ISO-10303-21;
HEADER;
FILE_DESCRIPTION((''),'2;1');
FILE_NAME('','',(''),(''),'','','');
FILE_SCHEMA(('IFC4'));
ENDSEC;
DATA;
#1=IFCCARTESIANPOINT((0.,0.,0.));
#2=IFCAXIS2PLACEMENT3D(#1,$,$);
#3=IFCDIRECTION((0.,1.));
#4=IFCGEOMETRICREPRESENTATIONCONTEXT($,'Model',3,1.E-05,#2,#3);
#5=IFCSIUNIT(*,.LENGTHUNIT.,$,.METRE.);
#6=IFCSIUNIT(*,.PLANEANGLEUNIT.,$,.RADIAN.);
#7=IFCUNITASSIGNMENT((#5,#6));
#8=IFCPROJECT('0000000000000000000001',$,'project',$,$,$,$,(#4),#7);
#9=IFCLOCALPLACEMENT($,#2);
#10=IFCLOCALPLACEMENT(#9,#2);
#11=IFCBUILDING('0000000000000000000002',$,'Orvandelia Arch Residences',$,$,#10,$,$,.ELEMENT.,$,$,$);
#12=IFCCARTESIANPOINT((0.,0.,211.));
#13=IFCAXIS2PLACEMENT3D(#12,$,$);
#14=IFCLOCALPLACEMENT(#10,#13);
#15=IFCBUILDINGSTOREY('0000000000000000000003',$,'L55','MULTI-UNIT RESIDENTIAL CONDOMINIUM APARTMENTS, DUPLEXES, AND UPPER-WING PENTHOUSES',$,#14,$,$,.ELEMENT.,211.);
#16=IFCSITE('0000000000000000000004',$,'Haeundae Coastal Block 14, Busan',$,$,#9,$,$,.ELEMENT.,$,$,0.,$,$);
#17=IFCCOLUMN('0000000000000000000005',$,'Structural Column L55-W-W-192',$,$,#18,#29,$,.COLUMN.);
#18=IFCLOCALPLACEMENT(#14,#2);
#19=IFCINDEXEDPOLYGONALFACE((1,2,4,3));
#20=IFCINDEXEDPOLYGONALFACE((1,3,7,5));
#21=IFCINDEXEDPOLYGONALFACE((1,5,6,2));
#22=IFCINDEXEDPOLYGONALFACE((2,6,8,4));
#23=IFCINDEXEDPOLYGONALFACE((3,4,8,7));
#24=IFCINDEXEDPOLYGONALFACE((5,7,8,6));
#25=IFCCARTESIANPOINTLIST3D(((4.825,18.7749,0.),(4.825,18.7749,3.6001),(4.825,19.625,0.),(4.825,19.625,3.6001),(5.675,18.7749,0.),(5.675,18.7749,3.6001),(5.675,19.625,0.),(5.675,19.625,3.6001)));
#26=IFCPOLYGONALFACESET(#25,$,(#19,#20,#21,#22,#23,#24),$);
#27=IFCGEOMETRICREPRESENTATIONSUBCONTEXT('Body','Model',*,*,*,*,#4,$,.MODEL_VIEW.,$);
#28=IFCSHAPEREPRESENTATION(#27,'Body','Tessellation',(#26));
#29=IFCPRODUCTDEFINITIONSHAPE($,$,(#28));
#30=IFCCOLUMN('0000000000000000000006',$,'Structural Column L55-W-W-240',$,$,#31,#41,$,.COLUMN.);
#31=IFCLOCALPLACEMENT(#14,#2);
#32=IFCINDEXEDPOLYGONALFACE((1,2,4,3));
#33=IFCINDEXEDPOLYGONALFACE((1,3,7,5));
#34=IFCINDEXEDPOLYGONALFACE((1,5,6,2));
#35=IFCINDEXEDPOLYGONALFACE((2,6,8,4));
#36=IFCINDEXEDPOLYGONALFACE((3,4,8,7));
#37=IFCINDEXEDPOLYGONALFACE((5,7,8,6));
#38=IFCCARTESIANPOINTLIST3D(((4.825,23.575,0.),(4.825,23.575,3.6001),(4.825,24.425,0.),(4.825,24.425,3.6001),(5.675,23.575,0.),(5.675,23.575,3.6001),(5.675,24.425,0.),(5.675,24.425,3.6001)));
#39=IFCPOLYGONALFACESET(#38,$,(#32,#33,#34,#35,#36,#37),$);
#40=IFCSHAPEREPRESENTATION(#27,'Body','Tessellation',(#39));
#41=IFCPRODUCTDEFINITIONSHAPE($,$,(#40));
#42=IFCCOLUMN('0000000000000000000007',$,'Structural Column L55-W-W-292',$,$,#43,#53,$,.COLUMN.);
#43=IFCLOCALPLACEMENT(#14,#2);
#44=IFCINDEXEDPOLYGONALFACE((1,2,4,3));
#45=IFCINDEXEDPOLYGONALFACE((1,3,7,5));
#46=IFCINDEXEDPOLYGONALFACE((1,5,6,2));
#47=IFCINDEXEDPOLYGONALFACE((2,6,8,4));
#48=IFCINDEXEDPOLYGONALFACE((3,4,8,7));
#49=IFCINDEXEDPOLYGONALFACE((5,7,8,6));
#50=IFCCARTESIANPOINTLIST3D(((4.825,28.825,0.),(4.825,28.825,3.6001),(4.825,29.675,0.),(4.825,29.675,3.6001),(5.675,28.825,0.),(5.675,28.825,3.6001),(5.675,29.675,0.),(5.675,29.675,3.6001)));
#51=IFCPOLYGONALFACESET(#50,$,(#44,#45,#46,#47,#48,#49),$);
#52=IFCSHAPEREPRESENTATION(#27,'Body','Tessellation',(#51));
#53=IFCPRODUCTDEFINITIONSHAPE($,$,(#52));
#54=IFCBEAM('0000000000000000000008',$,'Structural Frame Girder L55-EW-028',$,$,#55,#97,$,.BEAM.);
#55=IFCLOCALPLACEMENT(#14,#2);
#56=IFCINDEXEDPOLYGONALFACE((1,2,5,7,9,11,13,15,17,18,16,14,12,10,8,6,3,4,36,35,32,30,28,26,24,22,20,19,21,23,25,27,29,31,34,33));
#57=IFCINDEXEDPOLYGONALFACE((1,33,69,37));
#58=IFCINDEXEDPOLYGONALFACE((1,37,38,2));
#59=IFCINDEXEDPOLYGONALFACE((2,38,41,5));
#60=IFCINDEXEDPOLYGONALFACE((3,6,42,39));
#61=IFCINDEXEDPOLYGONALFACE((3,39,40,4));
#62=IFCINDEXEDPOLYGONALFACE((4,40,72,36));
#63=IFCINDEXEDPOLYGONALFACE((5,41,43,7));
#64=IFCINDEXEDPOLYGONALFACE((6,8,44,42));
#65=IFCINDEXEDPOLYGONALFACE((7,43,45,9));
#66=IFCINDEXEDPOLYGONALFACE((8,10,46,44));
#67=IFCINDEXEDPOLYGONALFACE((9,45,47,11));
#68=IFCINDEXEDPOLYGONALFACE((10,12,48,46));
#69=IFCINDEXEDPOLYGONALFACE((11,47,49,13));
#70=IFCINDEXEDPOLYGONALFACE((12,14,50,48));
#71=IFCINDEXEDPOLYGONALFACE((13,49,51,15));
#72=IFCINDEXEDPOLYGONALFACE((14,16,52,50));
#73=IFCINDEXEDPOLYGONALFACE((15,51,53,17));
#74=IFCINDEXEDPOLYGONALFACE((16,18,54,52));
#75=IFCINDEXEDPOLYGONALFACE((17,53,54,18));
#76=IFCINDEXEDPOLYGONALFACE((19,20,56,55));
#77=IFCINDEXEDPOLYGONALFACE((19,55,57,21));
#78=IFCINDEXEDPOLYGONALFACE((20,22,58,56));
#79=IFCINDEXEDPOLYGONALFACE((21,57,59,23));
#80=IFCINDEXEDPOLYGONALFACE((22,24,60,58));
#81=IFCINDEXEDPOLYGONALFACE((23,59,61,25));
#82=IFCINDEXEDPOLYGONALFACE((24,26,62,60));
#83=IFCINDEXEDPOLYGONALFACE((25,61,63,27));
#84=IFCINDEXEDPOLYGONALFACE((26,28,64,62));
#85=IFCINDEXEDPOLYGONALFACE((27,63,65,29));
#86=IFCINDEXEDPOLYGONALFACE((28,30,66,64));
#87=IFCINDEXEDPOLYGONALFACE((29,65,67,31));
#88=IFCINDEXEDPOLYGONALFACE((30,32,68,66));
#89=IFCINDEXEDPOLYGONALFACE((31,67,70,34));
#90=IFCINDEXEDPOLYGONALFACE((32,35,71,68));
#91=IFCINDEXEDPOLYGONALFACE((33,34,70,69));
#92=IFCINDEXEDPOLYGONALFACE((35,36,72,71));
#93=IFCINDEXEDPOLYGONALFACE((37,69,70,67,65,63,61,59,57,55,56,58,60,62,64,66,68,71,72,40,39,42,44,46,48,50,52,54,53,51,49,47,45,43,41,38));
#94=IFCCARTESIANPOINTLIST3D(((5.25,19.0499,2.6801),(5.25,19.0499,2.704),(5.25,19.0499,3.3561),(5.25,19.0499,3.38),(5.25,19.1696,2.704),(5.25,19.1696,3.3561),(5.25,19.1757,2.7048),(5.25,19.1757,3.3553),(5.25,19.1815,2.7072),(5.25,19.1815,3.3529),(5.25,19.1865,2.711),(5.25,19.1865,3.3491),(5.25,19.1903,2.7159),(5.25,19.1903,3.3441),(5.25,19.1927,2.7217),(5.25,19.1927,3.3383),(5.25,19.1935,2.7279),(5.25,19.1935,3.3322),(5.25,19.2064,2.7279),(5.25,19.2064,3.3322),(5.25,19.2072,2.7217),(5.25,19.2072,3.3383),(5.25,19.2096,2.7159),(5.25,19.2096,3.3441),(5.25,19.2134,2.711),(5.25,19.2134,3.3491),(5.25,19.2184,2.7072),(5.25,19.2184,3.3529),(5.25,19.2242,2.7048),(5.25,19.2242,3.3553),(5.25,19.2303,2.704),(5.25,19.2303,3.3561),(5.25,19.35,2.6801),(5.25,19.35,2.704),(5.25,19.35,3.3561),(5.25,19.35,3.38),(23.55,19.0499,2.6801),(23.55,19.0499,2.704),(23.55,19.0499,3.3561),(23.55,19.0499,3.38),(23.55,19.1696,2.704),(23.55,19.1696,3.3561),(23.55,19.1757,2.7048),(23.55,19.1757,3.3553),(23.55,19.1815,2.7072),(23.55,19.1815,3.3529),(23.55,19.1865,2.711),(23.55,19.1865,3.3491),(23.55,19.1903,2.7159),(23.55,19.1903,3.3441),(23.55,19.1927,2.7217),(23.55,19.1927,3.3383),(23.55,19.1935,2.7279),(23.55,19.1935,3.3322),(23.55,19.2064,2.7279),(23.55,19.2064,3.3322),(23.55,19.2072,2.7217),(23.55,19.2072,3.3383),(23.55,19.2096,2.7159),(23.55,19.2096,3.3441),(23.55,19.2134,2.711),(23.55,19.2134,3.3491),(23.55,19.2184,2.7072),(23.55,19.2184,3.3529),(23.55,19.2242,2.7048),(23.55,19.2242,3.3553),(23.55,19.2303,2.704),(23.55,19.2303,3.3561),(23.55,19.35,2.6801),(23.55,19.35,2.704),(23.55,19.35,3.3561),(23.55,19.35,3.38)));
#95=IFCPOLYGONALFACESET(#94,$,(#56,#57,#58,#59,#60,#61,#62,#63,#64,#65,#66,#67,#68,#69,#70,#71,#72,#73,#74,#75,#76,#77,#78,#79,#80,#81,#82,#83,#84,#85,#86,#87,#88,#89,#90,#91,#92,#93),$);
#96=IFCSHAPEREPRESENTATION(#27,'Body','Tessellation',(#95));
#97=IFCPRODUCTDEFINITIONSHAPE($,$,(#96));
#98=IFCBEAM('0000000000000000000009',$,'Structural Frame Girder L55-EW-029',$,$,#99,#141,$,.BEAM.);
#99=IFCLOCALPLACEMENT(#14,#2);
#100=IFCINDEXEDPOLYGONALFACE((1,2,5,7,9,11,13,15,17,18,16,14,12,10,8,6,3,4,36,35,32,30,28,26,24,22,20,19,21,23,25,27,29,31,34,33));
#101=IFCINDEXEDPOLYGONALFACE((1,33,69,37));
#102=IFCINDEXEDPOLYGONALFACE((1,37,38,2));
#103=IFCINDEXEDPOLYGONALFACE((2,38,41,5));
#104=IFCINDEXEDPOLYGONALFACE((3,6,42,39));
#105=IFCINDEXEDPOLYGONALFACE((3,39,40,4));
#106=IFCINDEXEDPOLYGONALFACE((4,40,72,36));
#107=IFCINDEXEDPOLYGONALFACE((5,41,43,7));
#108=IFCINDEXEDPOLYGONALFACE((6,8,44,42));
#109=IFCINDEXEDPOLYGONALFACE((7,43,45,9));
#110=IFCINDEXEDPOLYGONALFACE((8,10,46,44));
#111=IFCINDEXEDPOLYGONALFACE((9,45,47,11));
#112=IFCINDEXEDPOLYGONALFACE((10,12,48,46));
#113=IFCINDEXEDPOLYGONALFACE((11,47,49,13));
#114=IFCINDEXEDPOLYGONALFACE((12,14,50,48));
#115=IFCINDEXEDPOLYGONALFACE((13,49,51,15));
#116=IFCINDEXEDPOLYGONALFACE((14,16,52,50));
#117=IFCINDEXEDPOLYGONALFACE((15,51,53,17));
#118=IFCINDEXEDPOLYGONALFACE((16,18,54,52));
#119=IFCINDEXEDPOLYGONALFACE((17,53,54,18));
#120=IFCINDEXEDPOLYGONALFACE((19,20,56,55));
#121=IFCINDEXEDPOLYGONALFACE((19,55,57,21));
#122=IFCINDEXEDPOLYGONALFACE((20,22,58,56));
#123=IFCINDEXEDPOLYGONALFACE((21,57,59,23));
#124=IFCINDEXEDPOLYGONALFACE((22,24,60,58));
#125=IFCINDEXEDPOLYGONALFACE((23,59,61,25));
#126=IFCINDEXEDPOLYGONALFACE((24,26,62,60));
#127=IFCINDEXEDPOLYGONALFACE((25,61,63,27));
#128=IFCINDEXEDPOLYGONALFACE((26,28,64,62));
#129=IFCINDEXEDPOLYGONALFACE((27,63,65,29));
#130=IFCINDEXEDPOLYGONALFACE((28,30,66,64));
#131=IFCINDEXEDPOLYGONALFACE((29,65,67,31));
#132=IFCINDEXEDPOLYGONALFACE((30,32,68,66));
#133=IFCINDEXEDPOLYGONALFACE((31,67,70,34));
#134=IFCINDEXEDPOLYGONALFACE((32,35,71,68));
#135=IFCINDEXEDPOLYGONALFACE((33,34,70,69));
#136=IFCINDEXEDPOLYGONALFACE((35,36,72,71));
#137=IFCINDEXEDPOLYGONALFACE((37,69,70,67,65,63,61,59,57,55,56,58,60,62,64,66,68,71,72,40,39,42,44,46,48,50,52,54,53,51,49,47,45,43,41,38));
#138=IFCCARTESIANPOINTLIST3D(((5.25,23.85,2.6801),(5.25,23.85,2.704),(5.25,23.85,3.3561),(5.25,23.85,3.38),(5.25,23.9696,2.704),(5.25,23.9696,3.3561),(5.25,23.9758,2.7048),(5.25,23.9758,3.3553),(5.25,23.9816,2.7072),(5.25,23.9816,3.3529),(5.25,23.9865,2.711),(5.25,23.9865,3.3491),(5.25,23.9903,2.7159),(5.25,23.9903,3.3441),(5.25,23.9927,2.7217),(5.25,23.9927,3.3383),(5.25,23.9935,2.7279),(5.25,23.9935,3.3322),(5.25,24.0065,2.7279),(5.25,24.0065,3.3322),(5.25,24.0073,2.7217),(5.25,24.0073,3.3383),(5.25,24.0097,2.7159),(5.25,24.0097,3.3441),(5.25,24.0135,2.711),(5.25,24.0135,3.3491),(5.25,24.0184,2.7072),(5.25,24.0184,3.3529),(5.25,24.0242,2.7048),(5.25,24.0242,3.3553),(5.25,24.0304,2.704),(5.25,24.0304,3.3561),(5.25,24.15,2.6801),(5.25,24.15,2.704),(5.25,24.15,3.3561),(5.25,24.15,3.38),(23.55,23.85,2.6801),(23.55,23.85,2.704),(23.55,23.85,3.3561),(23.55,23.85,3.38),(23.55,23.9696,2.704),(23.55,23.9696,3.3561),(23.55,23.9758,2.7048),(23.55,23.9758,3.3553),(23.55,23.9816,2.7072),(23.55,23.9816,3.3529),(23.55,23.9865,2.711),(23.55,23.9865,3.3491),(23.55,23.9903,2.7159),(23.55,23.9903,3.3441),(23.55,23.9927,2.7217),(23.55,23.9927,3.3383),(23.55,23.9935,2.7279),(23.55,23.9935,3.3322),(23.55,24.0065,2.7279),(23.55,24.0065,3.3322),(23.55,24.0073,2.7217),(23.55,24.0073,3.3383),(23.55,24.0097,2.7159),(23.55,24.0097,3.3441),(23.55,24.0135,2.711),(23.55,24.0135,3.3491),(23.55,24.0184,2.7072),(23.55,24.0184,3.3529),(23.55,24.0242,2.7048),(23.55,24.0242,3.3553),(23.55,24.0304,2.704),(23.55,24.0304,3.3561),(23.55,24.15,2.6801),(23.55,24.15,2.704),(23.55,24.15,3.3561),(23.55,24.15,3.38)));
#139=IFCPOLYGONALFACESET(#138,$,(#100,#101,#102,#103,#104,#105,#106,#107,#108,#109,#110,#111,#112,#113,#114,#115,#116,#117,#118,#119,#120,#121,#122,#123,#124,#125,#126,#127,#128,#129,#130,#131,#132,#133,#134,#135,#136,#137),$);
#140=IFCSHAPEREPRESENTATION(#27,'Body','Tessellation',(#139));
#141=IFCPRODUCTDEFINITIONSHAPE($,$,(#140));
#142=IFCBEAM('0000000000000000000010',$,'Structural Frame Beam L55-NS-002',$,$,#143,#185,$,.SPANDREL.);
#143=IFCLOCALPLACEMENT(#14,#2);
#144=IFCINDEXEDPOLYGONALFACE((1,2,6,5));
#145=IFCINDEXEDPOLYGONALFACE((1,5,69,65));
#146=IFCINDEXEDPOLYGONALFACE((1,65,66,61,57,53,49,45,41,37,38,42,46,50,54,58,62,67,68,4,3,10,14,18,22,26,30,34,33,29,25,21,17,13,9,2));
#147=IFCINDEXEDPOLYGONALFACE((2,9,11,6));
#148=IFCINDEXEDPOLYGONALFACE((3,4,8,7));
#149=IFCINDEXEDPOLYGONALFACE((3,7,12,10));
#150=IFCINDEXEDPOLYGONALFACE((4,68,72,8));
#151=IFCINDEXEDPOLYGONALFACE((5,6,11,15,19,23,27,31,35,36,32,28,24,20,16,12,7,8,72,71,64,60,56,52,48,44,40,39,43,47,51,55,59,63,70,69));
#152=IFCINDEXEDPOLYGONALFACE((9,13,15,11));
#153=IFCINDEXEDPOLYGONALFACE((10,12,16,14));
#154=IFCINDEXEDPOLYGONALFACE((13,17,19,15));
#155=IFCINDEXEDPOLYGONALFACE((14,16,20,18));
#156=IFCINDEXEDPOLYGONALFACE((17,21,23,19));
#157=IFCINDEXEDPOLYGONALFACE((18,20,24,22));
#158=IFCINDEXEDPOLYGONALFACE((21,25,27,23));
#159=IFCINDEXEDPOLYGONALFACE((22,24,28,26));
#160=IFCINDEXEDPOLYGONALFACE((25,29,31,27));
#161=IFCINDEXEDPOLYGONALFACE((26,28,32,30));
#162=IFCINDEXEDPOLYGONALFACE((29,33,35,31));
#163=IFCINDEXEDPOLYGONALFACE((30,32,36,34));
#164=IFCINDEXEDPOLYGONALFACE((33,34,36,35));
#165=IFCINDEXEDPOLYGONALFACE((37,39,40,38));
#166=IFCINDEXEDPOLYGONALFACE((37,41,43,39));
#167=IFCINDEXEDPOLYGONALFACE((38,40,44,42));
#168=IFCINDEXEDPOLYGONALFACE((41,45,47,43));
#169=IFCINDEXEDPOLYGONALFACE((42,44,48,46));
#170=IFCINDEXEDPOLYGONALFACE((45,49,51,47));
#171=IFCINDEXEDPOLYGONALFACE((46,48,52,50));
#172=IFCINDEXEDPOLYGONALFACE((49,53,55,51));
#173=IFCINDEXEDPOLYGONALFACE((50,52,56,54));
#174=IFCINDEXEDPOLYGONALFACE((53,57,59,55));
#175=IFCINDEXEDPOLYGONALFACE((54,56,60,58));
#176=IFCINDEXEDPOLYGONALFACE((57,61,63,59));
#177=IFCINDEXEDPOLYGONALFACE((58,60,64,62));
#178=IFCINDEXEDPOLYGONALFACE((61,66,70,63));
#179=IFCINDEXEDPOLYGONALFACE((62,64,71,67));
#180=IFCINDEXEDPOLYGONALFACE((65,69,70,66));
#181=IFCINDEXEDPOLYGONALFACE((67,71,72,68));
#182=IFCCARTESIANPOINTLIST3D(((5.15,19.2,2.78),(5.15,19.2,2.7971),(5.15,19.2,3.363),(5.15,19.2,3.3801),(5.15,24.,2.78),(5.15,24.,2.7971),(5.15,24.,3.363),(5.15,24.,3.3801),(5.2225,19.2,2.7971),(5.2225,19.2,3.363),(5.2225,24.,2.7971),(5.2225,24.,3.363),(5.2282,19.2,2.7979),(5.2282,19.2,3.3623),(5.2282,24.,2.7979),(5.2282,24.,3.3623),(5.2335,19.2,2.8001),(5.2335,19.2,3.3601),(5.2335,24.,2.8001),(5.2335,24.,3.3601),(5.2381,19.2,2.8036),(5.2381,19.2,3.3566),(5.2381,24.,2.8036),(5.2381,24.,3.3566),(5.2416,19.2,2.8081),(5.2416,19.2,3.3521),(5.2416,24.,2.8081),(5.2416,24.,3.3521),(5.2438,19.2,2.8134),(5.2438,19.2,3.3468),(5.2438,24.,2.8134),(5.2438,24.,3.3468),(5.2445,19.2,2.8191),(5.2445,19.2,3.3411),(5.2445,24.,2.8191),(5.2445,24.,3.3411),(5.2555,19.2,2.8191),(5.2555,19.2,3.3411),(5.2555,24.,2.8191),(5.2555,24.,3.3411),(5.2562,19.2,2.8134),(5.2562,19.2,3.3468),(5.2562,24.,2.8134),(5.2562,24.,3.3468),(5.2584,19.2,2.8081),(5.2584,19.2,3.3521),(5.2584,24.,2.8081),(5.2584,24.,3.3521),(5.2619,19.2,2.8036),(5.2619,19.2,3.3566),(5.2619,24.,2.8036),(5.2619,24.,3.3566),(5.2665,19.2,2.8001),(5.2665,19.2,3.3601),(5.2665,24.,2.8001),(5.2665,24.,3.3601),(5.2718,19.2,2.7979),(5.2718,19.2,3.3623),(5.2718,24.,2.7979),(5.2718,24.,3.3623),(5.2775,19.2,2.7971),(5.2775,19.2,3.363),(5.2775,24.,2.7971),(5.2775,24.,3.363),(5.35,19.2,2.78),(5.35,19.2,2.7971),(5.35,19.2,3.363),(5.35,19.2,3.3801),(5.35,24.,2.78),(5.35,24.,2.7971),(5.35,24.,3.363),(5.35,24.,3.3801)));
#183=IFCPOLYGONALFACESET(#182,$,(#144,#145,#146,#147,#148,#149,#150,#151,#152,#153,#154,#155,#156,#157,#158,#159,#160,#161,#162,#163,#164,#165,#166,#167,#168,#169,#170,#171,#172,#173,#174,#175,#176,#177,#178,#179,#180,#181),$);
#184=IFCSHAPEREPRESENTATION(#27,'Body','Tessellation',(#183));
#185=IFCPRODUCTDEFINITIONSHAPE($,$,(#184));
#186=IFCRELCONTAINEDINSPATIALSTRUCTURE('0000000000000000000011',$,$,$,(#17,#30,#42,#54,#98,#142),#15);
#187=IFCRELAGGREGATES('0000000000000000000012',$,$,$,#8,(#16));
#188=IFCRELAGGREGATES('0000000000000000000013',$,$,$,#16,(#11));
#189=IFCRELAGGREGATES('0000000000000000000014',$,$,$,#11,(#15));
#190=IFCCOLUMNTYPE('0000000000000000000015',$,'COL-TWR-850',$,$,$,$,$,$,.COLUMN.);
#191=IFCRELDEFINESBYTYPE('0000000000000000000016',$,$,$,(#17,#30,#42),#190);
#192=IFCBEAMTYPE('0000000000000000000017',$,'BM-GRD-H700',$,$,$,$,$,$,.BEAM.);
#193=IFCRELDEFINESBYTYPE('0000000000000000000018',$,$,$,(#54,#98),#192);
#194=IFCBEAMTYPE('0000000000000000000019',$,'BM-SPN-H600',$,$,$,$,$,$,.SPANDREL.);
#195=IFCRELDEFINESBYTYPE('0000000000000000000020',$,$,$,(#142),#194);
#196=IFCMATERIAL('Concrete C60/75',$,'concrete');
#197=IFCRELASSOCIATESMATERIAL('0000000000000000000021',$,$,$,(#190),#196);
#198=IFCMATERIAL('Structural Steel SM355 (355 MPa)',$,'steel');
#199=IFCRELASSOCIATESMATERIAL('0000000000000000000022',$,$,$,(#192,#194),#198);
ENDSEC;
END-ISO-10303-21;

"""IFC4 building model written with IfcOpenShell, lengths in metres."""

from ifc_helpers import new_model, si_unit, direction, frame, origin, origin_2d, place, context, subcontext, project, spatial, rectangle, i_section, extrude, material, material_profile, profile_set, type_object, element, save


model = new_model("IFC4")

# Units and contexts
model_context = context("Model", 3, precision=1e-05, world=origin(), true_north=direction((0.0, 1.0)))
body_context = subcontext(model_context, "Body", "Model", "MODEL_VIEW")
ifc_project = project(units=[si_unit("LENGTHUNIT", "METRE"), si_unit("PLANEANGLEUNIT", "RADIAN")], contexts=[model_context])

# Site, building, storey
site_placement = place(None, origin())
site = spatial("IfcSite", under=ifc_project, at=site_placement, Name="Haeundae Coastal Block 14, Busan", CompositionType="ELEMENT", RefElevation=0.0)
building_placement = place(site_placement, origin())
building = spatial("IfcBuilding", under=site, at=building_placement, Name="Orvandelia Arch Residences", CompositionType="ELEMENT")
storey_placement = place(building_placement, frame((0.0, 0.0, 211.0)))
storey = spatial("IfcBuildingStorey", under=building, at=storey_placement, Name="L55", Description="MULTI-UNIT RESIDENTIAL CONDOMINIUM APARTMENTS, DUPLEXES, AND UPPER-WING PENTHOUSES", CompositionType="ELEMENT", Elevation=211.0)

# Columns
ifc_material_1 = material(Name="Concrete C60/75", Category="concrete")
ifc_material_profile_1 = material_profile(ifc_material_1, rectangle(XDim=0.8501, YDim=0.8501, at=origin_2d()), Name="Concrete C60/75", Category="concrete")
ifc_profile_set_1 = profile_set([ifc_material_profile_1], Name="Concrete C60/75")
column_type = type_object("IfcColumnType", Name="COL-TWR-850", PredefinedType="COLUMN", material=ifc_profile_set_1)
for number, where, z_axis, x_axis, name in (
    (1, (5.25, 19.2, 0.0), (0.0, 0.0, 1.0), (1.0, 0.0, 0.0), "Structural Column L55-W-W-192"),
    (2, (5.25, 24.0, 0.0), (0.0, 0.0, 1.0), (1.0, 0.0, 0.0), "Structural Column L55-W-W-240"),
    (3, (5.25, 29.25, 0.0), (0.0, 0.0, 1.0), (1.0, 0.0, 0.0), "Structural Column L55-W-W-292"),
):
    element("IfcColumn", number, at=place(storey_placement, frame(where, z_axis=z_axis, x_axis=x_axis)), inside=storey, type_object=column_type, Name=name, PredefinedType="COLUMN", context=body_context, shape_type="SweptSolid", body=[
        extrude(rectangle(XDim=0.8501, YDim=0.8501, at=origin_2d()), origin(), (0.0, 0.0, 1.0), 3.6001),
    ])

# Beams
ifc_material_2 = material(Name="Structural Steel SM355 (355 MPa)", Category="steel")
ifc_material_profile_2 = material_profile(ifc_material_2, i_section(OverallWidth=0.3, OverallDepth=0.7, WebThickness=0.0129, FlangeThickness=0.0239, FilletRadius=0.0239, at=origin_2d()), Name="Structural Steel SM355 (355 MPa)", Category="steel")
ifc_profile_set_2 = profile_set([ifc_material_profile_2], Name="Structural Steel SM355 (355 MPa)")
beam_type_1 = type_object("IfcBeamType", Name="BM-GRD-H700", PredefinedType="BEAM", material=ifc_profile_set_2)
for number, where, z_axis, x_axis, name in (
    (4, (5.25, 19.2, 3.03), (1.0, 0.0, 0.0), (0.0, 1.0, 0.0), "Structural Frame Girder L55-EW-028"),
    (5, (5.25, 24.0, 3.03), (1.0, 0.0, 0.0), (0.0, 1.0, 0.0), "Structural Frame Girder L55-EW-029"),
):
    element("IfcBeam", number, at=place(storey_placement, frame(where, z_axis=z_axis, x_axis=x_axis)), inside=storey, type_object=beam_type_1, Name=name, PredefinedType="BEAM", context=body_context, shape_type="SweptSolid", body=[
        extrude(i_section(OverallWidth=0.3, OverallDepth=0.7, WebThickness=0.0129, FlangeThickness=0.0239, FilletRadius=0.0239, at=origin_2d()), origin(), (0.0, 0.0, 1.0), 18.3),
    ])
ifc_material_profile_3 = material_profile(ifc_material_2, i_section(OverallWidth=0.2, OverallDepth=0.6001, WebThickness=0.011, FlangeThickness=0.0171, FilletRadius=0.022, at=origin_2d()), Name="Structural Steel SM355 (355 MPa)", Category="steel")
ifc_profile_set_3 = profile_set([ifc_material_profile_3], Name="Structural Steel SM355 (355 MPa)")
beam_type_2 = type_object("IfcBeamType", Name="BM-SPN-H600", PredefinedType="SPANDREL", material=ifc_profile_set_3)
beam_1_placement = place(storey_placement, frame((5.25, 19.2, 3.0801), z_axis=(0.0, 1.0, 0.0), x_axis=(-1.0, 0.0, 0.0)))
element("IfcBeam", 6, at=beam_1_placement, inside=storey, type_object=beam_type_2, Name="Structural Frame Beam L55-NS-002", PredefinedType="SPANDREL", context=body_context, shape_type="SweptSolid", body=[
    extrude(i_section(OverallWidth=0.2, OverallDepth=0.6001, WebThickness=0.011, FlangeThickness=0.0171, FilletRadius=0.022, at=origin_2d()), origin(), (0.0, 0.0, 1.0), 4.8),
])

save(model, "model.ifc")
